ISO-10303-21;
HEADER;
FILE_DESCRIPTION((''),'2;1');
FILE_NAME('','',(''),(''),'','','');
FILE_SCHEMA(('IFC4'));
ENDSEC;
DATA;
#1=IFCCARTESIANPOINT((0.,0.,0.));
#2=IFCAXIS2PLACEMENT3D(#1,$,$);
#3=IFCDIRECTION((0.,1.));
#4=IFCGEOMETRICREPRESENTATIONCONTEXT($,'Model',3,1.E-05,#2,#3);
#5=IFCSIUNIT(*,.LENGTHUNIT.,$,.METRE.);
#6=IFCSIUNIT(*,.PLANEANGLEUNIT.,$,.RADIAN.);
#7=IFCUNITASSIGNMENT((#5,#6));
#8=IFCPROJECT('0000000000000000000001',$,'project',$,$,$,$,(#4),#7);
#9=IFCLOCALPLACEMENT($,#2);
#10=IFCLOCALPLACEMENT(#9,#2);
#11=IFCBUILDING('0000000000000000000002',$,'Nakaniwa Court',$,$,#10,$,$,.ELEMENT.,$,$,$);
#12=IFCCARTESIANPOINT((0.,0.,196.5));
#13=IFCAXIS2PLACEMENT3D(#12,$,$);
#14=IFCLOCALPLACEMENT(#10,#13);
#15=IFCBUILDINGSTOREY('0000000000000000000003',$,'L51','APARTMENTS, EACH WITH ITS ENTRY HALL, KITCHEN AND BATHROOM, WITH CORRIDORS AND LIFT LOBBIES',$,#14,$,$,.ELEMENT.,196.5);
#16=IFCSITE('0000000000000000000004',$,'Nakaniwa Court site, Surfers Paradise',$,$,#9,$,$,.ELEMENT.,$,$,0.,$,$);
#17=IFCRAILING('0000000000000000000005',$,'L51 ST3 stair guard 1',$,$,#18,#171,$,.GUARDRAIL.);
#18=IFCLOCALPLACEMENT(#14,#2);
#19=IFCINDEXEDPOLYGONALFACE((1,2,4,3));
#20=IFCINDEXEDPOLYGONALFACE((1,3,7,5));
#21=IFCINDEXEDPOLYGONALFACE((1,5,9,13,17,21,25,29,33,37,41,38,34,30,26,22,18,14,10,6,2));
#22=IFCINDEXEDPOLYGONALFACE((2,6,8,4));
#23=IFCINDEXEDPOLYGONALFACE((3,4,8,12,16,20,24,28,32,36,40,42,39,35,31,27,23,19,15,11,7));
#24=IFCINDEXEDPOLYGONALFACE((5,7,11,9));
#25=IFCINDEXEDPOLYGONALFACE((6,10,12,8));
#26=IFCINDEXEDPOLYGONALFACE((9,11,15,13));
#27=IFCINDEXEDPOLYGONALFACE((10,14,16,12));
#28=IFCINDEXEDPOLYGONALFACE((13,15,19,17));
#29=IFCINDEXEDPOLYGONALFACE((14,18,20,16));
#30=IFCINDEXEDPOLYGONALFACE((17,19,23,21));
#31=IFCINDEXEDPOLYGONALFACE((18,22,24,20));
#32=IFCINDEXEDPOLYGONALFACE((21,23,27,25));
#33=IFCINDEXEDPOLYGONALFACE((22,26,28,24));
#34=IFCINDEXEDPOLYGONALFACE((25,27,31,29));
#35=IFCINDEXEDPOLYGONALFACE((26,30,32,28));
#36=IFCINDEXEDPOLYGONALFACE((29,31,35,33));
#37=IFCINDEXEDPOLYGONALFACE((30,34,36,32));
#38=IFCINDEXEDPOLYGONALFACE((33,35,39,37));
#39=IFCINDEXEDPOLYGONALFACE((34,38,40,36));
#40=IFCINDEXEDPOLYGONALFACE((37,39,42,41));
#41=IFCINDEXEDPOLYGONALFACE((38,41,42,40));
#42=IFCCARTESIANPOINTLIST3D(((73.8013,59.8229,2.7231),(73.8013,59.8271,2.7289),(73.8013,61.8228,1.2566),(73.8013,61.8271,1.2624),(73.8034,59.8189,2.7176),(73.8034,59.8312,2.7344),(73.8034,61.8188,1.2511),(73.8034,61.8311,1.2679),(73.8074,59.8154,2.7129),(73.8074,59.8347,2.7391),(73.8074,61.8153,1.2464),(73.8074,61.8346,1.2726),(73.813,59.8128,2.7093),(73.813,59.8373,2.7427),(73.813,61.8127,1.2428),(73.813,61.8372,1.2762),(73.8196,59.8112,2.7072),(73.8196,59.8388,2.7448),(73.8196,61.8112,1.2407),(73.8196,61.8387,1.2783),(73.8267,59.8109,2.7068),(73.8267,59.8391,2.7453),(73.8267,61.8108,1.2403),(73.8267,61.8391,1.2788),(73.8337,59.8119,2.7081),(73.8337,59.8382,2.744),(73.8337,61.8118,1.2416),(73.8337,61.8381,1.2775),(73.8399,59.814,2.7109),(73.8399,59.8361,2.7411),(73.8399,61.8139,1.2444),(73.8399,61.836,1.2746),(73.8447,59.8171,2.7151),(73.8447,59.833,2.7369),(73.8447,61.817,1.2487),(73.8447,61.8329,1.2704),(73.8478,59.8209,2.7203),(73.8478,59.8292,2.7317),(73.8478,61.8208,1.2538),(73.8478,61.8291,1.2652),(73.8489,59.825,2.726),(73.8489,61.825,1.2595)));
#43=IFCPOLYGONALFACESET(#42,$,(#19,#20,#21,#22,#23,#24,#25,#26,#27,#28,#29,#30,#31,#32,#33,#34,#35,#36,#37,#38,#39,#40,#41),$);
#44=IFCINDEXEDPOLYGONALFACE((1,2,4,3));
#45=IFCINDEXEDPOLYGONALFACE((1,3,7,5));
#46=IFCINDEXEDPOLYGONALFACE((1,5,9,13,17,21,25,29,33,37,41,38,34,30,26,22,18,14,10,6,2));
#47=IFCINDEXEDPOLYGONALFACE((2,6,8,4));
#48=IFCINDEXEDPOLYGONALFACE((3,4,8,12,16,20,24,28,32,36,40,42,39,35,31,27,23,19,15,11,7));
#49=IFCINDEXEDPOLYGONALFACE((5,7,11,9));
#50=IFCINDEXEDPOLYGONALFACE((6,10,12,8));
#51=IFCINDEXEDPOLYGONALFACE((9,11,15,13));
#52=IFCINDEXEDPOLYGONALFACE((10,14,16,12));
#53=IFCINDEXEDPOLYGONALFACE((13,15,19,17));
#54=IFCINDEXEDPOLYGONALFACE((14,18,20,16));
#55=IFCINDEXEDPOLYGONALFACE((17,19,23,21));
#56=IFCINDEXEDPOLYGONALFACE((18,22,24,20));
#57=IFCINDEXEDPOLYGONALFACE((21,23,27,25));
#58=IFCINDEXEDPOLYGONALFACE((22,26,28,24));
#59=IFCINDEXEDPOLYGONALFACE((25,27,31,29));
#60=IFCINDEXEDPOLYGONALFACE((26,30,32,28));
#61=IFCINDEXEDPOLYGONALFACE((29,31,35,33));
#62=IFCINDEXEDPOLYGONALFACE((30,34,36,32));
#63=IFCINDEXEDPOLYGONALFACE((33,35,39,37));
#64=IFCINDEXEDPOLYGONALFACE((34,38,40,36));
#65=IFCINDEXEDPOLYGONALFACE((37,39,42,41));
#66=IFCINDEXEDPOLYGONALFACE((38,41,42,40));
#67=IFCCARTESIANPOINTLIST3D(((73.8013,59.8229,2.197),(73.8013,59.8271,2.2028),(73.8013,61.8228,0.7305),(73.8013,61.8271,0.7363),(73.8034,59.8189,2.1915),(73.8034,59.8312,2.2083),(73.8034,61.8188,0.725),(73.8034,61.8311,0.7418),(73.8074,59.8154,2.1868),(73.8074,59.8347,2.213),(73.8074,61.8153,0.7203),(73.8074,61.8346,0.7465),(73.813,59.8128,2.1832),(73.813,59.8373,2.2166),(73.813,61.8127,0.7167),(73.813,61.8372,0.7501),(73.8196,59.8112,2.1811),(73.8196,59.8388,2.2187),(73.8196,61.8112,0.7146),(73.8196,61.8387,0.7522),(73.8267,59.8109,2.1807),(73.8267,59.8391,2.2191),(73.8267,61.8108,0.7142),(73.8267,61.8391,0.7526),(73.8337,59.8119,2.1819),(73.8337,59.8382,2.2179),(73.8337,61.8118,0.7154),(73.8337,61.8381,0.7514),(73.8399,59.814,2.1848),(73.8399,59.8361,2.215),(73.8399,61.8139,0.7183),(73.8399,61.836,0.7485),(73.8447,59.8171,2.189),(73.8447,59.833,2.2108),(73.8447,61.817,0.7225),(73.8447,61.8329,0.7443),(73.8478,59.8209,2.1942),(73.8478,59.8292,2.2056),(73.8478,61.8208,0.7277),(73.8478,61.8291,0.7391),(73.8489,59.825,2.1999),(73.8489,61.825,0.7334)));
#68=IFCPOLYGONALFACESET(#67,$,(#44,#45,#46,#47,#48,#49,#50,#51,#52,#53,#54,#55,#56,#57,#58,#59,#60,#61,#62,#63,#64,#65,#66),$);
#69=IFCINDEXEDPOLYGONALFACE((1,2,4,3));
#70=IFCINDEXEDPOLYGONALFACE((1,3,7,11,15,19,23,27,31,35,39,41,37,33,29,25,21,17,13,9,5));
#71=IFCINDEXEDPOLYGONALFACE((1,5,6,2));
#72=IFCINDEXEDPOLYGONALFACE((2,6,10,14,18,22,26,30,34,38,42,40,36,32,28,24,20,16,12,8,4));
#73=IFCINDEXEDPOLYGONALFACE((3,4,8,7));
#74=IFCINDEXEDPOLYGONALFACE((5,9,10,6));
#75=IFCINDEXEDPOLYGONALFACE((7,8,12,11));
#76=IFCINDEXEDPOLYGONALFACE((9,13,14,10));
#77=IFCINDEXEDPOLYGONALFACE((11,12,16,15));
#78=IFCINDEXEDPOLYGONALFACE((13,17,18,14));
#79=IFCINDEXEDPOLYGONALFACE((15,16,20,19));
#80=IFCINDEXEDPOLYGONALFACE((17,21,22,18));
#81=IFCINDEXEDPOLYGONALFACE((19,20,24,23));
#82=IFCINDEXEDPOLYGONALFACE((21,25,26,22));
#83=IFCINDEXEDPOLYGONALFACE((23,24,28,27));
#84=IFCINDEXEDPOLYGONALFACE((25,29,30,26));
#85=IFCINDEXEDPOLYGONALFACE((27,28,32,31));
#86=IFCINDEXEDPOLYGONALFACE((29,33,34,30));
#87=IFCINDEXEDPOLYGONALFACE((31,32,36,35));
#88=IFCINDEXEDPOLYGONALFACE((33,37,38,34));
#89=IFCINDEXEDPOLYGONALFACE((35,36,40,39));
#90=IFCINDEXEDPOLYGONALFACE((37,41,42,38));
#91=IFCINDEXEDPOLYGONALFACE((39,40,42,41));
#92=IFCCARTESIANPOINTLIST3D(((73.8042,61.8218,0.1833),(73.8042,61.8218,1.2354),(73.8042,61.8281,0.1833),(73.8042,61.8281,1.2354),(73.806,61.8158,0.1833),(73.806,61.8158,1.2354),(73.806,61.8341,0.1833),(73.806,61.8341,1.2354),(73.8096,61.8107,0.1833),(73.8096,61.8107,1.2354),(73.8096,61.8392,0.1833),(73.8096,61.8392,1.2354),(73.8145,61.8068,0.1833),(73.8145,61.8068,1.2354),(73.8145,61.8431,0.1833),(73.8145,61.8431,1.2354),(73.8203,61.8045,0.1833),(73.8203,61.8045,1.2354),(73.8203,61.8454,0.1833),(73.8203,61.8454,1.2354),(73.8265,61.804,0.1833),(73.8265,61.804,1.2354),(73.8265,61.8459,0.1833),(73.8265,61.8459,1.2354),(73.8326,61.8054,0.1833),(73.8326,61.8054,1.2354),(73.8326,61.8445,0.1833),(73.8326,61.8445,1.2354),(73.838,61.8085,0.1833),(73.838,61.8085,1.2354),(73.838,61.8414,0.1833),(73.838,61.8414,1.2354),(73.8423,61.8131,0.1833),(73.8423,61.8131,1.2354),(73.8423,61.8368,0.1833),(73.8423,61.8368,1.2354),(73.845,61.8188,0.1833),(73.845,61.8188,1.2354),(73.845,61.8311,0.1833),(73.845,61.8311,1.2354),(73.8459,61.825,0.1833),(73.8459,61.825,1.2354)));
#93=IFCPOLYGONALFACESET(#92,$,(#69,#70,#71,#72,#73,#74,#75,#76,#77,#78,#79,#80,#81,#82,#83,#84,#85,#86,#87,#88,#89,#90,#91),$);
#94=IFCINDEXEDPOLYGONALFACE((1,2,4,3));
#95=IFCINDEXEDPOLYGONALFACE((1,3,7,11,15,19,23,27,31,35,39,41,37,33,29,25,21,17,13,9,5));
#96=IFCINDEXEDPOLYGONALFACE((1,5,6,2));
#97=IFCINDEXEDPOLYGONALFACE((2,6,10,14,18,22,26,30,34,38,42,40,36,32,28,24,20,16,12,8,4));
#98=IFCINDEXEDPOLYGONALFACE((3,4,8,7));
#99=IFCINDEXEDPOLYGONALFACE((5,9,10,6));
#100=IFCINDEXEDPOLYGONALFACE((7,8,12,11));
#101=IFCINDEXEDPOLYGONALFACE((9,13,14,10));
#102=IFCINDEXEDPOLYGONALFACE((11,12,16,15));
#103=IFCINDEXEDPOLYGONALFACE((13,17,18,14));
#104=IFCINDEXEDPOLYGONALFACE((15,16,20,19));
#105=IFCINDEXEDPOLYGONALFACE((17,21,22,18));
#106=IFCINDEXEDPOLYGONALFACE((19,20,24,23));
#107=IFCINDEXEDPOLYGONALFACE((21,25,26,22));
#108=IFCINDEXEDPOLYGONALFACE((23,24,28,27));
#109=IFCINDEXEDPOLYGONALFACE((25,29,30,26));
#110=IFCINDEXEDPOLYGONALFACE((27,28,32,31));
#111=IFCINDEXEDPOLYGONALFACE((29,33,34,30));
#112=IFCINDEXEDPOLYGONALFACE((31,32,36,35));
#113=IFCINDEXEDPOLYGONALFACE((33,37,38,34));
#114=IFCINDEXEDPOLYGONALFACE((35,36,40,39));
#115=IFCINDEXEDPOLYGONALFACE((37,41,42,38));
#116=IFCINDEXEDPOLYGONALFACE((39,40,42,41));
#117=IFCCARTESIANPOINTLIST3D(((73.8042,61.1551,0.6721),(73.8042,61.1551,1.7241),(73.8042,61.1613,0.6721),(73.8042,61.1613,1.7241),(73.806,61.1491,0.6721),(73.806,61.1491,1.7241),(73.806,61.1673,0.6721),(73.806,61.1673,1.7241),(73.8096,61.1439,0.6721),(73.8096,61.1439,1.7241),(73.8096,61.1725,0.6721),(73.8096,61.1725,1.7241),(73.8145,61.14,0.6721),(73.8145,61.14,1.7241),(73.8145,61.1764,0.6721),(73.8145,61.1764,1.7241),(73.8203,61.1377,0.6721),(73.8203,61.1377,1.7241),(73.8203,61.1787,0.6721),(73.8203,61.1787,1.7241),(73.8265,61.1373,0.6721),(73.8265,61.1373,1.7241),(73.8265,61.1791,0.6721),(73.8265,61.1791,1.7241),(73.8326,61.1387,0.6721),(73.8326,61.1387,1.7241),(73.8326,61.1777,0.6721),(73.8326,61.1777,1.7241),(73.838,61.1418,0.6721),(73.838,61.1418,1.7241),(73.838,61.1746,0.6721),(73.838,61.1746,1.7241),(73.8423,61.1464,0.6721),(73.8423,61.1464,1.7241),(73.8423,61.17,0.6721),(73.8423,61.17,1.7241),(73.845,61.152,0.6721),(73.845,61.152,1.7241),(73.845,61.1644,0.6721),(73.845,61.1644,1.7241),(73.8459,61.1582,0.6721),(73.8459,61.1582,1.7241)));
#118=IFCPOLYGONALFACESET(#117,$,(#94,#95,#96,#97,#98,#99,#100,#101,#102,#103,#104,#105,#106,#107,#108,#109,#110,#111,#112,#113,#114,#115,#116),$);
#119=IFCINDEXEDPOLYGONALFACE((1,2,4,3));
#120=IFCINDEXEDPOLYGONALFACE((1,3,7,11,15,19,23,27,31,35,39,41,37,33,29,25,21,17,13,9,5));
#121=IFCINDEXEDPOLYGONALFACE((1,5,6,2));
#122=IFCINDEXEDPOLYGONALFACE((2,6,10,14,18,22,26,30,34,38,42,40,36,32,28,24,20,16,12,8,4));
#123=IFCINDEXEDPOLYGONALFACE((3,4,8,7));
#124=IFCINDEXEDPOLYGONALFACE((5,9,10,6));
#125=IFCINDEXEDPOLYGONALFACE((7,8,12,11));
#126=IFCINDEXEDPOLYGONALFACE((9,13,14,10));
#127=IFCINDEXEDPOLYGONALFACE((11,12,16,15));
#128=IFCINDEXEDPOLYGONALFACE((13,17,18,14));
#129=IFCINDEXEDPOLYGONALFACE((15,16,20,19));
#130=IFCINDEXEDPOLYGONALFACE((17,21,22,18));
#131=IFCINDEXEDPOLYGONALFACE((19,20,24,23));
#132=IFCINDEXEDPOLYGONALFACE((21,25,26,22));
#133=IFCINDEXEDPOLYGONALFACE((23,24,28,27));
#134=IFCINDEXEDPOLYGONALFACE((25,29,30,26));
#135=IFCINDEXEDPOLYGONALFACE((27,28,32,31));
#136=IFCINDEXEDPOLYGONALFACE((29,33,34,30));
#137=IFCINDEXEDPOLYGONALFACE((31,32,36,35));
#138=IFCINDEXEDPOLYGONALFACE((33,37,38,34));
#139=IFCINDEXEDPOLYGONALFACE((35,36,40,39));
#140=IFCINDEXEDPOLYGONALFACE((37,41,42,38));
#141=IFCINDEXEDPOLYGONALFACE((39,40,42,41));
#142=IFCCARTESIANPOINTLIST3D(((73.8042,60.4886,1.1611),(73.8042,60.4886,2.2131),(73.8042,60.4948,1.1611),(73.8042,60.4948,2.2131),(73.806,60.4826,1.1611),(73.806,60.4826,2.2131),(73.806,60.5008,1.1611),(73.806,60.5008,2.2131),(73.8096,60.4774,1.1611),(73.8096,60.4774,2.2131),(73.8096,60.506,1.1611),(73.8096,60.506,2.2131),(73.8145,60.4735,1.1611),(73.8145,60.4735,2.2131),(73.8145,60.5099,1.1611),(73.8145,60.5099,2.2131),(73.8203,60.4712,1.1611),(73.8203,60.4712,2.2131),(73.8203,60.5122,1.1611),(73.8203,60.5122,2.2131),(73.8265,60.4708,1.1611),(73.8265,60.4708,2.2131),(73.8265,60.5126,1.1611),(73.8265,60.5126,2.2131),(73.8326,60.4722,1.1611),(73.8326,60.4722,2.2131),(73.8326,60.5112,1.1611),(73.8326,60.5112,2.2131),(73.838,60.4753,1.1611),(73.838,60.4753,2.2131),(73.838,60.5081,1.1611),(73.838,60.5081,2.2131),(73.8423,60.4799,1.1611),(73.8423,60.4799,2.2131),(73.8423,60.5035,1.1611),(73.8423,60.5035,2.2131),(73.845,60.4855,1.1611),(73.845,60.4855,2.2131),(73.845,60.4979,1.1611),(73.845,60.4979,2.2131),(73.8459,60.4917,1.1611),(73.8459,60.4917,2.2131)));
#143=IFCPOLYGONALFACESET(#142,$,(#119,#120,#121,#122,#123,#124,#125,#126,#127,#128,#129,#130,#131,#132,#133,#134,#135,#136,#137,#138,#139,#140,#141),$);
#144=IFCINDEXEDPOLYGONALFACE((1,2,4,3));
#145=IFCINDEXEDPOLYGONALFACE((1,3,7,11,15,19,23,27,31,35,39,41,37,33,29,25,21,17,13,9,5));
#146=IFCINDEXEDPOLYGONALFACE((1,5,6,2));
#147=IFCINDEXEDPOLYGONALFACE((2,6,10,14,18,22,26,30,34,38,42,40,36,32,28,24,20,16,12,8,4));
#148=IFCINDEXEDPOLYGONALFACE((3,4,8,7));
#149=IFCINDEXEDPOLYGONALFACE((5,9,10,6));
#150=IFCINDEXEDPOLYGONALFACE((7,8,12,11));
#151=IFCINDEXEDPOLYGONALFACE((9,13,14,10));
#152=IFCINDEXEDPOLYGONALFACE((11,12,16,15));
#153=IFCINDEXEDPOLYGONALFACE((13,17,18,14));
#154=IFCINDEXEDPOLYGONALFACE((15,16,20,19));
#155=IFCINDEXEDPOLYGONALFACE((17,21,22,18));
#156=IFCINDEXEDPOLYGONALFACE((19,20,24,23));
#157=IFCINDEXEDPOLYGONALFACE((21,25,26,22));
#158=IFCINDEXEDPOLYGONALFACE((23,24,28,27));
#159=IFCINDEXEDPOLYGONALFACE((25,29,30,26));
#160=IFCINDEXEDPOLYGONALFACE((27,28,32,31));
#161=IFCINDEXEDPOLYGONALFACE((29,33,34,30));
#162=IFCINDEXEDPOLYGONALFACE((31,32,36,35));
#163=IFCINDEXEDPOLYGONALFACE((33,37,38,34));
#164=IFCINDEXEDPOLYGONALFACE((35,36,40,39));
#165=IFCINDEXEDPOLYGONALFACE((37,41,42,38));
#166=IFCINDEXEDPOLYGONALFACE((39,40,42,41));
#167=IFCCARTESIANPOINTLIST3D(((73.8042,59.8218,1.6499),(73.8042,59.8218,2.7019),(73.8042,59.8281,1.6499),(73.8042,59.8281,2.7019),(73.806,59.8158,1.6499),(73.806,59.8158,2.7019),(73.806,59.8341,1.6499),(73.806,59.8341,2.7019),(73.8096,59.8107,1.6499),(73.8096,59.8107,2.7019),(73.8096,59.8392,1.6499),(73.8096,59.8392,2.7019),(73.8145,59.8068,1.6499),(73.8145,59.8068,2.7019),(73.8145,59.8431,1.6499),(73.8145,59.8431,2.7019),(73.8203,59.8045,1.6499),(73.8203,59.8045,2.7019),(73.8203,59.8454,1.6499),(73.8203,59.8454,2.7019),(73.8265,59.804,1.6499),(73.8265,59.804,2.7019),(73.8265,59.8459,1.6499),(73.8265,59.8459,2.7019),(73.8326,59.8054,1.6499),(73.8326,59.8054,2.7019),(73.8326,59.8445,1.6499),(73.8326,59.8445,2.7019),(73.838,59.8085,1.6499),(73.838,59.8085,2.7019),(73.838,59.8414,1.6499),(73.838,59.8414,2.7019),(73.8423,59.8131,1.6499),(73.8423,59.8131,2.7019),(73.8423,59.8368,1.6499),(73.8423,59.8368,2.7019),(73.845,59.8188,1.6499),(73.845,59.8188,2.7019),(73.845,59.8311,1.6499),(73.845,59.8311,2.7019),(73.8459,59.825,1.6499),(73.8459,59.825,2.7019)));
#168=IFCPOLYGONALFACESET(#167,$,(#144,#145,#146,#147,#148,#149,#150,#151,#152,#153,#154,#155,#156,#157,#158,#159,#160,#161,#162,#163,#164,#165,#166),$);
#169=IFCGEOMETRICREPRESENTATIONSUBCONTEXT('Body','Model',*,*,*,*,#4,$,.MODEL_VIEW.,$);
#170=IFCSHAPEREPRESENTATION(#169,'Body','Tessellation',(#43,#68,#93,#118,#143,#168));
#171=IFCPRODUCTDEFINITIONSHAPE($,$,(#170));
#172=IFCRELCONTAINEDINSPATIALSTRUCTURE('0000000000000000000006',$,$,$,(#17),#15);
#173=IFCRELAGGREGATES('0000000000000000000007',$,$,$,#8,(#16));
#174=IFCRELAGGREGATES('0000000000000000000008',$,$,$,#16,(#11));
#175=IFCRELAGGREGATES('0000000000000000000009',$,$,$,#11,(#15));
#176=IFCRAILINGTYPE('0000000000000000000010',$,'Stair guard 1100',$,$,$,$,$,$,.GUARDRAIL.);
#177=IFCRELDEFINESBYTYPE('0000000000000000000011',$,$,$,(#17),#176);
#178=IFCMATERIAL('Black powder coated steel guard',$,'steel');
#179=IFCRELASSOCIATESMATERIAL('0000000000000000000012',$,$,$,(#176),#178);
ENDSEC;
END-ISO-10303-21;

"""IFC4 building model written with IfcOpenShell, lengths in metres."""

from ifc_helpers import new_model, si_unit, direction, frame, origin, origin_2d, place, context, subcontext, project, spatial, circle, extrude, material, type_object, element, save


model = new_model("IFC4")

# Units and contexts
model_context = context("Model", 3, precision=1e-05, world=origin(), true_north=direction((0.0, 1.0)))
body_context = subcontext(model_context, "Body", "Model", "MODEL_VIEW")
ifc_project = project(units=[si_unit("LENGTHUNIT", "METRE"), si_unit("PLANEANGLEUNIT", "RADIAN")], contexts=[model_context])

# Site, building, storey
site_placement = place(None, origin())
site = spatial("IfcSite", under=ifc_project, at=site_placement, Name="Nakaniwa Court site, Surfers Paradise", CompositionType="ELEMENT", RefElevation=0.0)
building_placement = place(site_placement, origin())
building = spatial("IfcBuilding", under=site, at=building_placement, Name="Nakaniwa Court", CompositionType="ELEMENT")
storey_placement = place(building_placement, frame((0.0, 0.0, 196.5)))
storey = spatial("IfcBuildingStorey", under=building, at=storey_placement, Name="L51", Description="APARTMENTS, EACH WITH ITS ENTRY HALL, KITCHEN AND BATHROOM, WITH CORRIDORS AND LIFT LOBBIES", CompositionType="ELEMENT", Elevation=196.5)

# Railing
ifc_material_1 = material(Name="Black powder coated steel guard", Category="steel")
railing_type_1 = type_object("IfcRailingType", Name="Stair guard 1100", PredefinedType="GUARDRAIL", material=ifc_material_1)
railing_1_placement = place(storey_placement, frame((73.825, 61.825, 0.1833)))
element("IfcRailing", 1, at=railing_1_placement, inside=storey, type_object=railing_type_1, Name="L51 ST3 stair guard 1", PredefinedType="GUARDRAIL", context=body_context, shape_type="SweptSolid", body=[
    extrude(circle(Radius=0.0239, at=origin_2d()), frame((0.0, 0.0, 1.0762), z_axis=(0.0, -0.806427, 0.591334), x_axis=(1.0, 0.0, 0.0)), (0.0, 0.0, 1.0), 2.48),
    extrude(circle(Radius=0.0239, at=origin_2d()), frame((0.0, 0.0, 0.55), z_axis=(0.0, -0.806427, 0.591334), x_axis=(1.0, 0.0, 0.0)), (0.0, 0.0, 1.0), 2.48),
    extrude(circle(Radius=0.021, at=origin_2d()), origin(), (0.0, 0.0, 1.0), 1.052),
    extrude(circle(Radius=0.021, at=origin_2d()), frame((0.0, -0.6667, 0.4888)), (0.0, 0.0, 1.0), 1.052),
    extrude(circle(Radius=0.021, at=origin_2d()), frame((0.0, -1.3333, 0.9778)), (0.0, 0.0, 1.0), 1.052),
    extrude(circle(Radius=0.021, at=origin_2d()), frame((0.0, -2.0, 1.4666)), (0.0, 0.0, 1.0), 1.052),
])

save(model, "model.ifc")
